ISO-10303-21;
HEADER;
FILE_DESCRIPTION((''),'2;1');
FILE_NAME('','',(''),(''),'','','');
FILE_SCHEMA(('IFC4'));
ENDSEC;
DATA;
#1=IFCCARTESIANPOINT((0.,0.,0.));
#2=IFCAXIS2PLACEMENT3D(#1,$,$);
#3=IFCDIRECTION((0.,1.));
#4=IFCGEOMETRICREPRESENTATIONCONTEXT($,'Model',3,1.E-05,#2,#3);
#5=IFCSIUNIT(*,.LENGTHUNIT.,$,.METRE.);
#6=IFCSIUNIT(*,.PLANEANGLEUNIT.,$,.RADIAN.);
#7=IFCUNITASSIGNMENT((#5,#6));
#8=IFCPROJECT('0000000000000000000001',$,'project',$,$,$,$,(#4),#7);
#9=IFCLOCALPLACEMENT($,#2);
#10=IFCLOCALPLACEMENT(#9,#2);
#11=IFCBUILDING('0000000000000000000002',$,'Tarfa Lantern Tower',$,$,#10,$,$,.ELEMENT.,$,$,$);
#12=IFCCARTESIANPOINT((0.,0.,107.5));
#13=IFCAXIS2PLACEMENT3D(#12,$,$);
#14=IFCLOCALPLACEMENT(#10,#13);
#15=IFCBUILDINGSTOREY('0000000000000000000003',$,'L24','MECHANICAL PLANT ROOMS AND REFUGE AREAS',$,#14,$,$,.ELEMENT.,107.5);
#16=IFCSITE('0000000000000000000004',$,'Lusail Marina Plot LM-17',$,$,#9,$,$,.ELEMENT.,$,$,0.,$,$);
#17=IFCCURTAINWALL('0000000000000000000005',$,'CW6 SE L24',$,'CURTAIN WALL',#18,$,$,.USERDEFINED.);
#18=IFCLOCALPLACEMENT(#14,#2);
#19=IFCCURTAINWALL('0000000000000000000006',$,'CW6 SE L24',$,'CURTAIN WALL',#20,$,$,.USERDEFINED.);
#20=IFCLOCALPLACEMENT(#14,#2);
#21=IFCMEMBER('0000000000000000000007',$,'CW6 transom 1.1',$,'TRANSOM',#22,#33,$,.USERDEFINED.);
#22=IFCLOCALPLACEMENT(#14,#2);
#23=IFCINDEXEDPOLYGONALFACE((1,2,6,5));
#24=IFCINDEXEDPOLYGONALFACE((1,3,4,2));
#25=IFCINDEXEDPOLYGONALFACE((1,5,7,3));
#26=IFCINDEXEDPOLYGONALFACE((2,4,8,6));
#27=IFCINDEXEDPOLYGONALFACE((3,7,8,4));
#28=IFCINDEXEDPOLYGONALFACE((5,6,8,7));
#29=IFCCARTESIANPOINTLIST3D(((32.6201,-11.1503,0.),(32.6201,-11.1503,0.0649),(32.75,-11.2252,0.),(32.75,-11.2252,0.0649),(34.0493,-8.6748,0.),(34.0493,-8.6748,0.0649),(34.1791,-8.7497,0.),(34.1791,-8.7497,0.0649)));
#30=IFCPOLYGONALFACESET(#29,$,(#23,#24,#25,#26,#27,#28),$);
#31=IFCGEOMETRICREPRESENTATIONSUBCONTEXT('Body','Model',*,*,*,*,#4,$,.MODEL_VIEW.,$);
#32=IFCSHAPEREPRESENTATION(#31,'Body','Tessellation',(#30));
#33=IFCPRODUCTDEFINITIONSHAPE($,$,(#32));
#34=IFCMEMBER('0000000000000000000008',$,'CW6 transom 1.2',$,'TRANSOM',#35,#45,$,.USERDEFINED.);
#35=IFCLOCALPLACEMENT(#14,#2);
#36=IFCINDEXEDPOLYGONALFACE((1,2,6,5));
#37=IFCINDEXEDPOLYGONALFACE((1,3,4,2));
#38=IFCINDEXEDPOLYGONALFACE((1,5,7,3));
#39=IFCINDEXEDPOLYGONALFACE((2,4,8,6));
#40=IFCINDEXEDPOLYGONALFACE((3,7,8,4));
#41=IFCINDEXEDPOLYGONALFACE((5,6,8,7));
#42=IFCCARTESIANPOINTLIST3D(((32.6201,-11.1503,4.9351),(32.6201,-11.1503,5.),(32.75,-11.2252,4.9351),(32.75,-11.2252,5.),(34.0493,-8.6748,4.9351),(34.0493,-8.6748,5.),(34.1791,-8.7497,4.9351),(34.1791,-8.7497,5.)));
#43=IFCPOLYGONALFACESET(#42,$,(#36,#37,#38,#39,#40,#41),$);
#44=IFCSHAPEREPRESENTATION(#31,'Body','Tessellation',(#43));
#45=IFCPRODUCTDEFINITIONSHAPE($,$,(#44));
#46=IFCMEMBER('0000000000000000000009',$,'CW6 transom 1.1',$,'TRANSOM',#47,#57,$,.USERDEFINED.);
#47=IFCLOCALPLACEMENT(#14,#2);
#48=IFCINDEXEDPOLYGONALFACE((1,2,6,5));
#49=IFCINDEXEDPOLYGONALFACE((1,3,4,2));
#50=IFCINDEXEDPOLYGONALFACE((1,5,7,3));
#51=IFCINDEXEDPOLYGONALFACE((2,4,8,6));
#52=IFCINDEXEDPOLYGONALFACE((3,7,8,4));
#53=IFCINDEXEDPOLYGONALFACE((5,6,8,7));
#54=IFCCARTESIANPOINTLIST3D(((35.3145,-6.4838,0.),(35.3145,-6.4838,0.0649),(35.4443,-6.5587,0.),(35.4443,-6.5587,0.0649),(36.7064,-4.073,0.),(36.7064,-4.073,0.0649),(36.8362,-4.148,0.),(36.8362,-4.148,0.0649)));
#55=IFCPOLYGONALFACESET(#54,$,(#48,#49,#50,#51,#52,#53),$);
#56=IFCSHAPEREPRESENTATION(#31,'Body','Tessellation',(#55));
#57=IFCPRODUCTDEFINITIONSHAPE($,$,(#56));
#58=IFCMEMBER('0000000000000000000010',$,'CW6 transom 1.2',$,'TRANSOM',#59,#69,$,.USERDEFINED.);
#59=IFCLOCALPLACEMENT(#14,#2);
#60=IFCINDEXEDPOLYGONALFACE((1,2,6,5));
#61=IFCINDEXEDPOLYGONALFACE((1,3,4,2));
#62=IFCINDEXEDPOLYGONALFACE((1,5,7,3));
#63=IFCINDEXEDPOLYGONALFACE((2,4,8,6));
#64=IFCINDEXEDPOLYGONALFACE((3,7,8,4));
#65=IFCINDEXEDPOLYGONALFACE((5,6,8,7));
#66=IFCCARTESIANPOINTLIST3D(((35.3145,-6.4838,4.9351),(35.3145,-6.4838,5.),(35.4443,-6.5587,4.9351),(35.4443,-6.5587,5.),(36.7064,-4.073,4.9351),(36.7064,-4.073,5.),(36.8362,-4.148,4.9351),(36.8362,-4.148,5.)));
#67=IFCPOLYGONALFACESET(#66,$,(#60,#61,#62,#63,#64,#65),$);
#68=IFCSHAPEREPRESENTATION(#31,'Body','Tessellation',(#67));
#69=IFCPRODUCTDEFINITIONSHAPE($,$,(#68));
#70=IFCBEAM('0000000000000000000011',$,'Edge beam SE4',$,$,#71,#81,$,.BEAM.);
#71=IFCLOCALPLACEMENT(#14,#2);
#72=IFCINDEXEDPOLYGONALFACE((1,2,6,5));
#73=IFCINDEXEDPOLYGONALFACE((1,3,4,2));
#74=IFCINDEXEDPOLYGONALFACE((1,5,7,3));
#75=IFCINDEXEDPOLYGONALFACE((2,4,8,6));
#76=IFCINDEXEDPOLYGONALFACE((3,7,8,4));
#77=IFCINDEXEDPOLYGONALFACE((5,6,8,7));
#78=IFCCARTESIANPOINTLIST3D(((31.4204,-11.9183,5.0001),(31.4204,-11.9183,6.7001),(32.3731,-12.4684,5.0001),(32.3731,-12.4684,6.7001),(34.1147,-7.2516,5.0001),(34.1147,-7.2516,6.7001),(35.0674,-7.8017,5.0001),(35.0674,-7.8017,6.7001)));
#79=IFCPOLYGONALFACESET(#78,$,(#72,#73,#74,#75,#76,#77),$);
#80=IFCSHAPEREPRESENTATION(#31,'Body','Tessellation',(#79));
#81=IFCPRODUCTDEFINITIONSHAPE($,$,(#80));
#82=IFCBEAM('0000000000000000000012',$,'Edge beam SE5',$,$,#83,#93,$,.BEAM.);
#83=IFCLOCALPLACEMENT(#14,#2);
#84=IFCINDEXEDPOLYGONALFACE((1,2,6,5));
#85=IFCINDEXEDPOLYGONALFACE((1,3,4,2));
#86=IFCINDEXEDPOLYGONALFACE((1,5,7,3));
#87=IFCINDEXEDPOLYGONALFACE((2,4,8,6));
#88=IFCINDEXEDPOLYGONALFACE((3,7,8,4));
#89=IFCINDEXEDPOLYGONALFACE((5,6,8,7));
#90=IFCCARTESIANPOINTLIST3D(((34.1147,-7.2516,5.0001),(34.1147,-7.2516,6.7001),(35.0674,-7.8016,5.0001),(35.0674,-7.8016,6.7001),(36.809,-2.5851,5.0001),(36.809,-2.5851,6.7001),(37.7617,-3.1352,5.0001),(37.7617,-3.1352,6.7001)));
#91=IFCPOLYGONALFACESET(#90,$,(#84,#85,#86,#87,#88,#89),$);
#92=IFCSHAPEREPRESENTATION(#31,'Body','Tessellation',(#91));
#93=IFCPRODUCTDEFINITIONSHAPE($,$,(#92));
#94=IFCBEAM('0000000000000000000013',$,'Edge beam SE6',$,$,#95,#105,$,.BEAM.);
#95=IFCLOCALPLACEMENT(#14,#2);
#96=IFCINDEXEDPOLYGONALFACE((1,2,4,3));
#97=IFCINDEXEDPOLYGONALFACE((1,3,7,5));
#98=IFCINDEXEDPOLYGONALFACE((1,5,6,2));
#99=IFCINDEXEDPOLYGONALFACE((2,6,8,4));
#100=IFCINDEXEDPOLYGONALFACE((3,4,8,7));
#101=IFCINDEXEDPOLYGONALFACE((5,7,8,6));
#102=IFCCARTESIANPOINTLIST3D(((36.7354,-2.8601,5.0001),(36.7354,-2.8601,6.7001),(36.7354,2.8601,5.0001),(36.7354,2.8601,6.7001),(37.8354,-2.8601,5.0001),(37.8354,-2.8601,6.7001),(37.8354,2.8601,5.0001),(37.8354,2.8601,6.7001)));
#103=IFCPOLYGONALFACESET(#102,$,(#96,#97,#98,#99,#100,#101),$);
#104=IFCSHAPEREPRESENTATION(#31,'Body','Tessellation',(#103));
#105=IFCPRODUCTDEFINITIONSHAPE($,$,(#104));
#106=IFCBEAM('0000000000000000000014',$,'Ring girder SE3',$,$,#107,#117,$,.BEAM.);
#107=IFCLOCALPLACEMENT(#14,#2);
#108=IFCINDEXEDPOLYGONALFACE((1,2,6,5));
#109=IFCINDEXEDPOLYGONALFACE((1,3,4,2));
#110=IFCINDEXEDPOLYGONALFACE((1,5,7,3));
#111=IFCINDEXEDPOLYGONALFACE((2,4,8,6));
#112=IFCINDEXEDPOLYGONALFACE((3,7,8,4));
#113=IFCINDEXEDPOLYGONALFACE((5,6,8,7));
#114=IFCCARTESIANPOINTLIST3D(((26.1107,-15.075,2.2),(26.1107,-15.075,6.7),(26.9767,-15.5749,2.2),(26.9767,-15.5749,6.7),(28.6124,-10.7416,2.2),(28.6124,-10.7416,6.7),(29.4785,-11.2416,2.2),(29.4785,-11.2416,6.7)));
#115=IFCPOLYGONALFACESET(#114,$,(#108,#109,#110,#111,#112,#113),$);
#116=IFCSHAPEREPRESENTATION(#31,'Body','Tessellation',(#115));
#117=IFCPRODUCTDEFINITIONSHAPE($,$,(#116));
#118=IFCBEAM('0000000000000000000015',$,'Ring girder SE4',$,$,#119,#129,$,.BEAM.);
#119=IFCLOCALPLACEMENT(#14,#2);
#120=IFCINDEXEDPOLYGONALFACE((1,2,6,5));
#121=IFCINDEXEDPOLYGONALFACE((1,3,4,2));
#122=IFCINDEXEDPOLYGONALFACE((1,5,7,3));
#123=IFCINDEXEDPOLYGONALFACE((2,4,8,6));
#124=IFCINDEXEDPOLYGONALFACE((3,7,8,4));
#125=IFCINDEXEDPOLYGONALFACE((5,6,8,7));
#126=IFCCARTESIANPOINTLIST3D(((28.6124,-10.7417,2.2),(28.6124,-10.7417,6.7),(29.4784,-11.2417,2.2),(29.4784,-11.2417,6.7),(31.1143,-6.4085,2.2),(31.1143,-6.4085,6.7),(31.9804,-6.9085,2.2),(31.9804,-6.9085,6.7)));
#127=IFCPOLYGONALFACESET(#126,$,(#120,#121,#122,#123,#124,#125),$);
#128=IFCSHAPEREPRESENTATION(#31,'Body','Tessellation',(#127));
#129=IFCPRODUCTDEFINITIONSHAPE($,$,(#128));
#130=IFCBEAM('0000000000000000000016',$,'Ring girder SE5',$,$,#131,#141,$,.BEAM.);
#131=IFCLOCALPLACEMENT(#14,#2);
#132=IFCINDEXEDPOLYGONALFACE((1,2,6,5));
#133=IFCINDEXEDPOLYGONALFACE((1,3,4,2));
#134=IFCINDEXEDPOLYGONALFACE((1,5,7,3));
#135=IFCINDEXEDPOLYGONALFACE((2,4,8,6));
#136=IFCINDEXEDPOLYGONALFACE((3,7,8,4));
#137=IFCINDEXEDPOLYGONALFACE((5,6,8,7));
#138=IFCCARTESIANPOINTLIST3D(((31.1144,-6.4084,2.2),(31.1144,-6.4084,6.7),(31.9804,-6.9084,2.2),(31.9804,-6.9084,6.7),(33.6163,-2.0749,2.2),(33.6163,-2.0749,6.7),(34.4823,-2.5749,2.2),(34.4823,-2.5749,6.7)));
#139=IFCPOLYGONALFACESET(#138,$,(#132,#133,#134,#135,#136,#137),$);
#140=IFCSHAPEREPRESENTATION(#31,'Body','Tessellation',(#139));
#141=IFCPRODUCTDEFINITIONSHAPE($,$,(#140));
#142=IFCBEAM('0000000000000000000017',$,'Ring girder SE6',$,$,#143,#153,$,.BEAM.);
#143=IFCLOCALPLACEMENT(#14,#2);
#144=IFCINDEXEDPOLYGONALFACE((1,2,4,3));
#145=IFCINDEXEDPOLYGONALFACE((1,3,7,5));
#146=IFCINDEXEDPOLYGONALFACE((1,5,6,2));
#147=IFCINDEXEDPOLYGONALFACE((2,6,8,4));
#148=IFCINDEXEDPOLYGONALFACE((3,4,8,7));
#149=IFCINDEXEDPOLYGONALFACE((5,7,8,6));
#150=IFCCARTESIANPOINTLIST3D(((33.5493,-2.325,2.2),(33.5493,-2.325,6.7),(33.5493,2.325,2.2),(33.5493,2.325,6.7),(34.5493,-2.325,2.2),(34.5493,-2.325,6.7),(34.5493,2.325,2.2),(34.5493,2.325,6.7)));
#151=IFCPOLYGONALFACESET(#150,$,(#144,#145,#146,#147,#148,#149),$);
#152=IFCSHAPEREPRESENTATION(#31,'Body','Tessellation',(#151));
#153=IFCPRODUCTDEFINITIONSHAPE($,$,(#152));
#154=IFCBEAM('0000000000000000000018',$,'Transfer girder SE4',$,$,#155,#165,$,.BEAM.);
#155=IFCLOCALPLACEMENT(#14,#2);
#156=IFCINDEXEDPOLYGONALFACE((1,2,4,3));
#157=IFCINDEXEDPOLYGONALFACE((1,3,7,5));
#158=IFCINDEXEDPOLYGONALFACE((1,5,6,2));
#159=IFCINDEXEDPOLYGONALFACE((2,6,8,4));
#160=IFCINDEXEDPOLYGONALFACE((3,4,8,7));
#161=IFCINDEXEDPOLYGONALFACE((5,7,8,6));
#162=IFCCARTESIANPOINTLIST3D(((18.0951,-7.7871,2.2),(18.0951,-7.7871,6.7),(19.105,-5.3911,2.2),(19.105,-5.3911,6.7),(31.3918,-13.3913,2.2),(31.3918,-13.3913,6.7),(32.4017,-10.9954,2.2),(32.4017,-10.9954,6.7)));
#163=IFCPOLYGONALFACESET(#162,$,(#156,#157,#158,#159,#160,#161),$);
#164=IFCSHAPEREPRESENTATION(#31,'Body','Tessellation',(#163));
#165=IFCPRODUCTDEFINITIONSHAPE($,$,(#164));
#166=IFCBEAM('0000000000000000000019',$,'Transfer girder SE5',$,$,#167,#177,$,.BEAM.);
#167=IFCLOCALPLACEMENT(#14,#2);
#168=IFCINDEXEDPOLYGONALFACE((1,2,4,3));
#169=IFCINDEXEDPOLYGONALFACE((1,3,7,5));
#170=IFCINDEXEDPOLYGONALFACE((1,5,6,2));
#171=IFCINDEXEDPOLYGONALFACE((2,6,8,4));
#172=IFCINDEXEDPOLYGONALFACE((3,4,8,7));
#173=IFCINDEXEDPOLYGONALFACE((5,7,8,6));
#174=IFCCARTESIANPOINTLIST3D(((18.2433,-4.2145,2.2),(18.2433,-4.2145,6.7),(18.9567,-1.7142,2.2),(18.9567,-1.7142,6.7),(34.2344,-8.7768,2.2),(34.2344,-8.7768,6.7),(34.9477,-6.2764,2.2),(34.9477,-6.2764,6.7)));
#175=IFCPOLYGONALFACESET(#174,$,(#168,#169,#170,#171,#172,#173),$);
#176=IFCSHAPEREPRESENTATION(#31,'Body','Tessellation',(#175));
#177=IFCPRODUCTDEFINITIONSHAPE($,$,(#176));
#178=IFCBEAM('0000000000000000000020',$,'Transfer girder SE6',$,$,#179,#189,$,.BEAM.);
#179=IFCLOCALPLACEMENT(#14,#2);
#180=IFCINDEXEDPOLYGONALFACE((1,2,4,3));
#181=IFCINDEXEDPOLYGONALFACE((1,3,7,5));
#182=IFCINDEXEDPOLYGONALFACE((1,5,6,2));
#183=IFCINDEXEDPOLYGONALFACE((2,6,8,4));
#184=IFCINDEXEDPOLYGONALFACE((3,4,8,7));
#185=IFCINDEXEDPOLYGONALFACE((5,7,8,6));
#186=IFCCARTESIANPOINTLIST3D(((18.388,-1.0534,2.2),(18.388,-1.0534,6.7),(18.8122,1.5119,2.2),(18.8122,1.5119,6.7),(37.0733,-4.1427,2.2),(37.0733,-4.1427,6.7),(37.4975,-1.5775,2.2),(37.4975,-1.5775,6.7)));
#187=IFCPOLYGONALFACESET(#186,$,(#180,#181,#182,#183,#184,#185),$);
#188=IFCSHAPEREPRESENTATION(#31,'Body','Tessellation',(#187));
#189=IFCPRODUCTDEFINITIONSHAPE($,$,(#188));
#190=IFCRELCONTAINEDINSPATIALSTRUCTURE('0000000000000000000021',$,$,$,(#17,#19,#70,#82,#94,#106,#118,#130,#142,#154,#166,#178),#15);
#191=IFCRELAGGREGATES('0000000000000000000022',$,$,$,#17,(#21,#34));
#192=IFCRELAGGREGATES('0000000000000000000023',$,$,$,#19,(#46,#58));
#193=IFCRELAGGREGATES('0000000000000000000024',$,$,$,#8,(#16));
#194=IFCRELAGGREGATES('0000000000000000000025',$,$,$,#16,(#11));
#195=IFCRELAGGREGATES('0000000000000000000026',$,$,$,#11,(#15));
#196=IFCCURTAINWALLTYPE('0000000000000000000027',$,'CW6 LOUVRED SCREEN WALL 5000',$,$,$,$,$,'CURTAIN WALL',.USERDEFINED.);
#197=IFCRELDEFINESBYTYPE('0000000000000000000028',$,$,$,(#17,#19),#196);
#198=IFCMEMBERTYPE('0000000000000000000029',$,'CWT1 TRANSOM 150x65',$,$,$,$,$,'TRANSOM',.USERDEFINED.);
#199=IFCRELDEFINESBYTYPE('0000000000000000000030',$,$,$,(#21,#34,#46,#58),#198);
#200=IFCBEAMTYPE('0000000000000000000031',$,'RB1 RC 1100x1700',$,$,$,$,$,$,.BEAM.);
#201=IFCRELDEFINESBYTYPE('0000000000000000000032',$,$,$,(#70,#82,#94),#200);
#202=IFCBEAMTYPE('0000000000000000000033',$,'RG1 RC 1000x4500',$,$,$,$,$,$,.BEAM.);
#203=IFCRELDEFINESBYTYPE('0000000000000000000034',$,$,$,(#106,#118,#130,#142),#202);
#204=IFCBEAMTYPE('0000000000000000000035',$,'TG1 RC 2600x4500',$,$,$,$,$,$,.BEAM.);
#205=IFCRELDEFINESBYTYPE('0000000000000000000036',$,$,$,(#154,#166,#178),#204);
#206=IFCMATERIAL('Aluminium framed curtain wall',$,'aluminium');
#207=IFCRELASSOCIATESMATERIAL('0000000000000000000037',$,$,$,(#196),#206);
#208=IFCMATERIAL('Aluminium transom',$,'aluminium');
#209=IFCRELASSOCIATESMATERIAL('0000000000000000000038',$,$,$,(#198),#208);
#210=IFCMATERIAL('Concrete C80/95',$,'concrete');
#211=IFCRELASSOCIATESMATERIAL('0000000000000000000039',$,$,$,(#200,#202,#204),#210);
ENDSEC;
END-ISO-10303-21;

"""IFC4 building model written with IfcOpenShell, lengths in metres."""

from ifc_helpers import new_model, si_unit, direction, frame, origin, origin_2d, place, context, subcontext, project, spatial, rectangle, extrude, material, material_profile, profile_set, type_object, element, aggregate, save


model = new_model("IFC4")

# Units and contexts
model_context = context("Model", 3, precision=1e-05, world=origin(), true_north=direction((0.0, 1.0)))
body_context = subcontext(model_context, "Body", "Model", "MODEL_VIEW")
ifc_project = project(units=[si_unit("LENGTHUNIT", "METRE"), si_unit("PLANEANGLEUNIT", "RADIAN")], contexts=[model_context])

# Site, building, storey
site_placement = place(None, origin())
site = spatial("IfcSite", under=ifc_project, at=site_placement, Name="Lusail Marina Plot LM-17", CompositionType="ELEMENT", RefElevation=0.0)
building_placement = place(site_placement, origin())
building = spatial("IfcBuilding", under=site, at=building_placement, Name="Tarfa Lantern Tower", CompositionType="ELEMENT")
storey_placement = place(building_placement, frame((0.0, 0.0, 107.5)))
storey = spatial("IfcBuildingStorey", under=building, at=storey_placement, Name="L24", Description="MECHANICAL PLANT ROOMS AND REFUGE AREAS", CompositionType="ELEMENT", Elevation=107.5)

# Shared definitions
ifc_material_1 = material(Name="Concrete C80/95", Category="concrete")

# Curtain walls
ifc_material_2 = material(Name="Aluminium framed curtain wall", Category="aluminium")
curtain_wall_type = type_object("IfcCurtainWallType", Name="CW6 LOUVRED SCREEN WALL 5000", ElementType="CURTAIN WALL", PredefinedType="USERDEFINED", material=ifc_material_2)
curtain_wall_1_placement = place(storey_placement, origin())
curtain_wall_1 = element("IfcCurtainWall", 1, at=curtain_wall_1_placement, inside=storey, type_object=curtain_wall_type, Name="CW6 SE L24", ObjectType="CURTAIN WALL", PredefinedType="USERDEFINED")
curtain_wall_2_placement = place(storey_placement, origin())
curtain_wall_2 = element("IfcCurtainWall", 2, at=curtain_wall_2_placement, inside=storey, type_object=curtain_wall_type, Name="CW6 SE L24", ObjectType="CURTAIN WALL", PredefinedType="USERDEFINED")

# Members
ifc_material_3 = material(Name="Aluminium transom", Category="aluminium")
ifc_material_profile_1 = material_profile(ifc_material_3, rectangle(XDim=0.1499, YDim=0.0649, at=origin_2d()), Name="AL TRANSOM 150x65")
ifc_profile_set_1 = profile_set([ifc_material_profile_1], Name="Aluminium transom")
member_type_1 = type_object("IfcMemberType", Name="CWT1 TRANSOM 150x65", ElementType="TRANSOM", PredefinedType="USERDEFINED", material=ifc_profile_set_1)
member_1_placement = place(storey_placement, frame((32.6851, -11.1877, 0.0325), z_axis=(0.499979, 0.866038, 0.0), x_axis=(-0.866038, 0.499979, 0.0)))
member_1 = element("IfcMember", 3, at=member_1_placement, type_object=member_type_1, Name="CW6 transom 1.1", ObjectType="TRANSOM", PredefinedType="USERDEFINED", context=body_context, shape_type="SweptSolid", body=[
    extrude(rectangle(XDim=0.1499, YDim=0.0649, at=origin_2d()), origin(), (0.0, 0.0, 1.0), 2.8584),
])
member_2_placement = place(storey_placement, frame((32.6851, -11.1877, 4.9675), z_axis=(0.499979, 0.866038, 0.0), x_axis=(-0.866038, 0.499979, 0.0)))
member_2 = element("IfcMember", 4, at=member_2_placement, type_object=member_type_1, Name="CW6 transom 1.2", ObjectType="TRANSOM", PredefinedType="USERDEFINED", context=body_context, shape_type="SweptSolid", body=[
    extrude(rectangle(XDim=0.1499, YDim=0.0649, at=origin_2d()), origin(), (0.0, 0.0, 1.0), 2.8584),
])
member_3_placement = place(storey_placement, frame((35.3794, -6.5212, 0.0325), z_axis=(0.500016, 0.866016, 0.0), x_axis=(-0.866016, 0.500016, 0.0)))
member_3 = element("IfcMember", 5, at=member_3_placement, type_object=member_type_1, Name="CW6 transom 1.1", ObjectType="TRANSOM", PredefinedType="USERDEFINED", context=body_context, shape_type="SweptSolid", body=[
    extrude(rectangle(XDim=0.1499, YDim=0.0649, at=origin_2d()), origin(), (0.0, 0.0, 1.0), 2.7837),
])
member_4_placement = place(storey_placement, frame((35.3794, -6.5212, 4.9675), z_axis=(0.500016, 0.866016, 0.0), x_axis=(-0.866016, 0.500016, 0.0)))
member_4 = element("IfcMember", 6, at=member_4_placement, type_object=member_type_1, Name="CW6 transom 1.2", ObjectType="TRANSOM", PredefinedType="USERDEFINED", context=body_context, shape_type="SweptSolid", body=[
    extrude(rectangle(XDim=0.1499, YDim=0.0649, at=origin_2d()), origin(), (0.0, 0.0, 1.0), 2.7837),
])

# Beams
ifc_material_profile_2 = material_profile(ifc_material_1, rectangle(XDim=1.1001, YDim=1.7, at=origin_2d()), Name="RC 1100x1700")
ifc_profile_set_2 = profile_set([ifc_material_profile_2], Name="Concrete C80/95")
beam_type_1 = type_object("IfcBeamType", Name="RB1 RC 1100x1700", PredefinedType="BEAM", material=ifc_profile_set_2)
beam_1_placement = place(storey_placement, frame((31.8967, -12.1934, 5.8501), z_axis=(0.499998, 0.866026, 0.0), x_axis=(-0.866026, 0.499998, 0.0)))
element("IfcBeam", 7, at=beam_1_placement, inside=storey, type_object=beam_type_1, Name="Edge beam SE4", PredefinedType="BEAM", context=body_context, shape_type="SweptSolid", body=[
    extrude(rectangle(XDim=1.1001, YDim=1.7, at=origin_2d()), origin(), (0.0, 0.0, 1.0), 5.3887),
])
beam_2_placement = place(storey_placement, frame((34.5911, -7.5266, 5.8501), z_axis=(0.500018, 0.866015, 0.0), x_axis=(-0.866015, 0.500018, 0.0)))
element("IfcBeam", 8, at=beam_2_placement, inside=storey, type_object=beam_type_1, Name="Edge beam SE5", PredefinedType="BEAM", context=body_context, shape_type="SweptSolid", body=[
    extrude(rectangle(XDim=1.1001, YDim=1.7, at=origin_2d()), origin(), (0.0, 0.0, 1.0), 5.3884),
])
beam_3_placement = place(storey_placement, frame((37.2854, -2.8601, 5.8501), z_axis=(0.0, 1.0, 0.0), x_axis=(-1.0, 0.0, 0.0)))
element("IfcBeam", 9, at=beam_3_placement, inside=storey, type_object=beam_type_1, Name="Edge beam SE6", PredefinedType="BEAM", context=body_context, shape_type="SweptSolid", body=[
    extrude(rectangle(XDim=1.1001, YDim=1.7, at=origin_2d()), origin(), (0.0, 0.0, 1.0), 5.7202),
])
ifc_material_profile_3 = material_profile(ifc_material_1, rectangle(XDim=1.0, YDim=4.5, at=origin_2d()), Name="RC 1000x4500")
ifc_profile_set_3 = profile_set([ifc_material_profile_3], Name="Concrete C80/95")
beam_type_2 = type_object("IfcBeamType", Name="RG1 RC 1000x4500", PredefinedType="BEAM", material=ifc_profile_set_3)
for number, where, z_axis, x_axis, name in (
    (10, (26.5437, -15.325, 4.45), (0.499986, 0.866034, 0.0), (-0.866034, 0.499986, 0.0), "Ring girder SE3"),
    (11, (29.0454, -10.9917, 4.45), (0.500022, 0.866013, 0.0), (-0.866013, 0.500022, 0.0), "Ring girder SE4"),
):
    element("IfcBeam", number, at=place(storey_placement, frame(where, z_axis=z_axis, x_axis=x_axis)), inside=storey, type_object=beam_type_2, Name=name, PredefinedType="BEAM", context=body_context, shape_type="SweptSolid", body=[
        extrude(rectangle(XDim=1.0, YDim=4.5, at=origin_2d()), origin(), (0.0, 0.0, 1.0), 5.0037),
    ])
beam_4_placement = place(storey_placement, frame((31.5474, -6.6584, 4.45), z_axis=(0.500001, 0.866025, 0.0), x_axis=(-0.866025, 0.500001, 0.0)))
element("IfcBeam", 12, at=beam_4_placement, inside=storey, type_object=beam_type_2, Name="Ring girder SE5", PredefinedType="BEAM", context=body_context, shape_type="SweptSolid", body=[
    extrude(rectangle(XDim=1.0, YDim=4.5, at=origin_2d()), origin(), (0.0, 0.0, 1.0), 5.0039),
])
beam_5_placement = place(storey_placement, frame((34.0493, -2.325, 4.45), z_axis=(0.0, 1.0, 0.0), x_axis=(-1.0, 0.0, 0.0)))
element("IfcBeam", 13, at=beam_5_placement, inside=storey, type_object=beam_type_2, Name="Ring girder SE6", PredefinedType="BEAM", context=body_context, shape_type="SweptSolid", body=[
    extrude(rectangle(XDim=1.0, YDim=4.5, at=origin_2d()), origin(), (0.0, 0.0, 1.0), 4.6499),
])
ifc_material_profile_4 = material_profile(ifc_material_1, rectangle(XDim=2.6001, YDim=4.5, at=origin_2d()), Name="RC 2600x4500")
ifc_profile_set_4 = profile_set([ifc_material_profile_4], Name="Concrete C80/95")
beam_type_3 = type_object("IfcBeamType", Name="TG1 RC 2600x4500", PredefinedType="BEAM", material=ifc_profile_set_4)
beam_6_placement = place(storey_placement, frame((31.8967, -12.1934, 4.45), z_axis=(-0.921495, 0.388391, 0.0), x_axis=(-0.388391, -0.921495, 0.0)))
element("IfcBeam", 14, at=beam_6_placement, inside=storey, type_object=beam_type_3, Name="Transfer girder SE4", PredefinedType="BEAM", context=body_context, shape_type="SweptSolid", body=[
    extrude(rectangle(XDim=2.6001, YDim=4.5, at=origin_2d()), origin(), (0.0, 0.0, 1.0), 14.4294),
])
beam_7_placement = place(storey_placement, frame((34.5911, -7.5266, 4.45), z_axis=(-0.961629, 0.274355, 0.0), x_axis=(-0.274355, -0.961629, 0.0)))
element("IfcBeam", 15, at=beam_7_placement, inside=storey, type_object=beam_type_3, Name="Transfer girder SE5", PredefinedType="BEAM", context=body_context, shape_type="SweptSolid", body=[
    extrude(rectangle(XDim=2.6001, YDim=4.5, at=origin_2d()), origin(), (0.0, 0.0, 1.0), 16.6292),
])
beam_8_placement = place(storey_placement, frame((37.2854, -2.8601, 4.45), z_axis=(-0.986606, 0.163122, 0.0), x_axis=(-0.163122, -0.986606, 0.0)))
element("IfcBeam", 16, at=beam_8_placement, inside=storey, type_object=beam_type_3, Name="Transfer girder SE6", PredefinedType="BEAM", context=body_context, shape_type="SweptSolid", body=[
    extrude(rectangle(XDim=2.6001, YDim=4.5, at=origin_2d()), origin(), (0.0, 0.0, 1.0), 18.939),
])

aggregate(curtain_wall_1, [member_1, member_2])
aggregate(curtain_wall_2, [member_3, member_4])

save(model, "model.ifc")
